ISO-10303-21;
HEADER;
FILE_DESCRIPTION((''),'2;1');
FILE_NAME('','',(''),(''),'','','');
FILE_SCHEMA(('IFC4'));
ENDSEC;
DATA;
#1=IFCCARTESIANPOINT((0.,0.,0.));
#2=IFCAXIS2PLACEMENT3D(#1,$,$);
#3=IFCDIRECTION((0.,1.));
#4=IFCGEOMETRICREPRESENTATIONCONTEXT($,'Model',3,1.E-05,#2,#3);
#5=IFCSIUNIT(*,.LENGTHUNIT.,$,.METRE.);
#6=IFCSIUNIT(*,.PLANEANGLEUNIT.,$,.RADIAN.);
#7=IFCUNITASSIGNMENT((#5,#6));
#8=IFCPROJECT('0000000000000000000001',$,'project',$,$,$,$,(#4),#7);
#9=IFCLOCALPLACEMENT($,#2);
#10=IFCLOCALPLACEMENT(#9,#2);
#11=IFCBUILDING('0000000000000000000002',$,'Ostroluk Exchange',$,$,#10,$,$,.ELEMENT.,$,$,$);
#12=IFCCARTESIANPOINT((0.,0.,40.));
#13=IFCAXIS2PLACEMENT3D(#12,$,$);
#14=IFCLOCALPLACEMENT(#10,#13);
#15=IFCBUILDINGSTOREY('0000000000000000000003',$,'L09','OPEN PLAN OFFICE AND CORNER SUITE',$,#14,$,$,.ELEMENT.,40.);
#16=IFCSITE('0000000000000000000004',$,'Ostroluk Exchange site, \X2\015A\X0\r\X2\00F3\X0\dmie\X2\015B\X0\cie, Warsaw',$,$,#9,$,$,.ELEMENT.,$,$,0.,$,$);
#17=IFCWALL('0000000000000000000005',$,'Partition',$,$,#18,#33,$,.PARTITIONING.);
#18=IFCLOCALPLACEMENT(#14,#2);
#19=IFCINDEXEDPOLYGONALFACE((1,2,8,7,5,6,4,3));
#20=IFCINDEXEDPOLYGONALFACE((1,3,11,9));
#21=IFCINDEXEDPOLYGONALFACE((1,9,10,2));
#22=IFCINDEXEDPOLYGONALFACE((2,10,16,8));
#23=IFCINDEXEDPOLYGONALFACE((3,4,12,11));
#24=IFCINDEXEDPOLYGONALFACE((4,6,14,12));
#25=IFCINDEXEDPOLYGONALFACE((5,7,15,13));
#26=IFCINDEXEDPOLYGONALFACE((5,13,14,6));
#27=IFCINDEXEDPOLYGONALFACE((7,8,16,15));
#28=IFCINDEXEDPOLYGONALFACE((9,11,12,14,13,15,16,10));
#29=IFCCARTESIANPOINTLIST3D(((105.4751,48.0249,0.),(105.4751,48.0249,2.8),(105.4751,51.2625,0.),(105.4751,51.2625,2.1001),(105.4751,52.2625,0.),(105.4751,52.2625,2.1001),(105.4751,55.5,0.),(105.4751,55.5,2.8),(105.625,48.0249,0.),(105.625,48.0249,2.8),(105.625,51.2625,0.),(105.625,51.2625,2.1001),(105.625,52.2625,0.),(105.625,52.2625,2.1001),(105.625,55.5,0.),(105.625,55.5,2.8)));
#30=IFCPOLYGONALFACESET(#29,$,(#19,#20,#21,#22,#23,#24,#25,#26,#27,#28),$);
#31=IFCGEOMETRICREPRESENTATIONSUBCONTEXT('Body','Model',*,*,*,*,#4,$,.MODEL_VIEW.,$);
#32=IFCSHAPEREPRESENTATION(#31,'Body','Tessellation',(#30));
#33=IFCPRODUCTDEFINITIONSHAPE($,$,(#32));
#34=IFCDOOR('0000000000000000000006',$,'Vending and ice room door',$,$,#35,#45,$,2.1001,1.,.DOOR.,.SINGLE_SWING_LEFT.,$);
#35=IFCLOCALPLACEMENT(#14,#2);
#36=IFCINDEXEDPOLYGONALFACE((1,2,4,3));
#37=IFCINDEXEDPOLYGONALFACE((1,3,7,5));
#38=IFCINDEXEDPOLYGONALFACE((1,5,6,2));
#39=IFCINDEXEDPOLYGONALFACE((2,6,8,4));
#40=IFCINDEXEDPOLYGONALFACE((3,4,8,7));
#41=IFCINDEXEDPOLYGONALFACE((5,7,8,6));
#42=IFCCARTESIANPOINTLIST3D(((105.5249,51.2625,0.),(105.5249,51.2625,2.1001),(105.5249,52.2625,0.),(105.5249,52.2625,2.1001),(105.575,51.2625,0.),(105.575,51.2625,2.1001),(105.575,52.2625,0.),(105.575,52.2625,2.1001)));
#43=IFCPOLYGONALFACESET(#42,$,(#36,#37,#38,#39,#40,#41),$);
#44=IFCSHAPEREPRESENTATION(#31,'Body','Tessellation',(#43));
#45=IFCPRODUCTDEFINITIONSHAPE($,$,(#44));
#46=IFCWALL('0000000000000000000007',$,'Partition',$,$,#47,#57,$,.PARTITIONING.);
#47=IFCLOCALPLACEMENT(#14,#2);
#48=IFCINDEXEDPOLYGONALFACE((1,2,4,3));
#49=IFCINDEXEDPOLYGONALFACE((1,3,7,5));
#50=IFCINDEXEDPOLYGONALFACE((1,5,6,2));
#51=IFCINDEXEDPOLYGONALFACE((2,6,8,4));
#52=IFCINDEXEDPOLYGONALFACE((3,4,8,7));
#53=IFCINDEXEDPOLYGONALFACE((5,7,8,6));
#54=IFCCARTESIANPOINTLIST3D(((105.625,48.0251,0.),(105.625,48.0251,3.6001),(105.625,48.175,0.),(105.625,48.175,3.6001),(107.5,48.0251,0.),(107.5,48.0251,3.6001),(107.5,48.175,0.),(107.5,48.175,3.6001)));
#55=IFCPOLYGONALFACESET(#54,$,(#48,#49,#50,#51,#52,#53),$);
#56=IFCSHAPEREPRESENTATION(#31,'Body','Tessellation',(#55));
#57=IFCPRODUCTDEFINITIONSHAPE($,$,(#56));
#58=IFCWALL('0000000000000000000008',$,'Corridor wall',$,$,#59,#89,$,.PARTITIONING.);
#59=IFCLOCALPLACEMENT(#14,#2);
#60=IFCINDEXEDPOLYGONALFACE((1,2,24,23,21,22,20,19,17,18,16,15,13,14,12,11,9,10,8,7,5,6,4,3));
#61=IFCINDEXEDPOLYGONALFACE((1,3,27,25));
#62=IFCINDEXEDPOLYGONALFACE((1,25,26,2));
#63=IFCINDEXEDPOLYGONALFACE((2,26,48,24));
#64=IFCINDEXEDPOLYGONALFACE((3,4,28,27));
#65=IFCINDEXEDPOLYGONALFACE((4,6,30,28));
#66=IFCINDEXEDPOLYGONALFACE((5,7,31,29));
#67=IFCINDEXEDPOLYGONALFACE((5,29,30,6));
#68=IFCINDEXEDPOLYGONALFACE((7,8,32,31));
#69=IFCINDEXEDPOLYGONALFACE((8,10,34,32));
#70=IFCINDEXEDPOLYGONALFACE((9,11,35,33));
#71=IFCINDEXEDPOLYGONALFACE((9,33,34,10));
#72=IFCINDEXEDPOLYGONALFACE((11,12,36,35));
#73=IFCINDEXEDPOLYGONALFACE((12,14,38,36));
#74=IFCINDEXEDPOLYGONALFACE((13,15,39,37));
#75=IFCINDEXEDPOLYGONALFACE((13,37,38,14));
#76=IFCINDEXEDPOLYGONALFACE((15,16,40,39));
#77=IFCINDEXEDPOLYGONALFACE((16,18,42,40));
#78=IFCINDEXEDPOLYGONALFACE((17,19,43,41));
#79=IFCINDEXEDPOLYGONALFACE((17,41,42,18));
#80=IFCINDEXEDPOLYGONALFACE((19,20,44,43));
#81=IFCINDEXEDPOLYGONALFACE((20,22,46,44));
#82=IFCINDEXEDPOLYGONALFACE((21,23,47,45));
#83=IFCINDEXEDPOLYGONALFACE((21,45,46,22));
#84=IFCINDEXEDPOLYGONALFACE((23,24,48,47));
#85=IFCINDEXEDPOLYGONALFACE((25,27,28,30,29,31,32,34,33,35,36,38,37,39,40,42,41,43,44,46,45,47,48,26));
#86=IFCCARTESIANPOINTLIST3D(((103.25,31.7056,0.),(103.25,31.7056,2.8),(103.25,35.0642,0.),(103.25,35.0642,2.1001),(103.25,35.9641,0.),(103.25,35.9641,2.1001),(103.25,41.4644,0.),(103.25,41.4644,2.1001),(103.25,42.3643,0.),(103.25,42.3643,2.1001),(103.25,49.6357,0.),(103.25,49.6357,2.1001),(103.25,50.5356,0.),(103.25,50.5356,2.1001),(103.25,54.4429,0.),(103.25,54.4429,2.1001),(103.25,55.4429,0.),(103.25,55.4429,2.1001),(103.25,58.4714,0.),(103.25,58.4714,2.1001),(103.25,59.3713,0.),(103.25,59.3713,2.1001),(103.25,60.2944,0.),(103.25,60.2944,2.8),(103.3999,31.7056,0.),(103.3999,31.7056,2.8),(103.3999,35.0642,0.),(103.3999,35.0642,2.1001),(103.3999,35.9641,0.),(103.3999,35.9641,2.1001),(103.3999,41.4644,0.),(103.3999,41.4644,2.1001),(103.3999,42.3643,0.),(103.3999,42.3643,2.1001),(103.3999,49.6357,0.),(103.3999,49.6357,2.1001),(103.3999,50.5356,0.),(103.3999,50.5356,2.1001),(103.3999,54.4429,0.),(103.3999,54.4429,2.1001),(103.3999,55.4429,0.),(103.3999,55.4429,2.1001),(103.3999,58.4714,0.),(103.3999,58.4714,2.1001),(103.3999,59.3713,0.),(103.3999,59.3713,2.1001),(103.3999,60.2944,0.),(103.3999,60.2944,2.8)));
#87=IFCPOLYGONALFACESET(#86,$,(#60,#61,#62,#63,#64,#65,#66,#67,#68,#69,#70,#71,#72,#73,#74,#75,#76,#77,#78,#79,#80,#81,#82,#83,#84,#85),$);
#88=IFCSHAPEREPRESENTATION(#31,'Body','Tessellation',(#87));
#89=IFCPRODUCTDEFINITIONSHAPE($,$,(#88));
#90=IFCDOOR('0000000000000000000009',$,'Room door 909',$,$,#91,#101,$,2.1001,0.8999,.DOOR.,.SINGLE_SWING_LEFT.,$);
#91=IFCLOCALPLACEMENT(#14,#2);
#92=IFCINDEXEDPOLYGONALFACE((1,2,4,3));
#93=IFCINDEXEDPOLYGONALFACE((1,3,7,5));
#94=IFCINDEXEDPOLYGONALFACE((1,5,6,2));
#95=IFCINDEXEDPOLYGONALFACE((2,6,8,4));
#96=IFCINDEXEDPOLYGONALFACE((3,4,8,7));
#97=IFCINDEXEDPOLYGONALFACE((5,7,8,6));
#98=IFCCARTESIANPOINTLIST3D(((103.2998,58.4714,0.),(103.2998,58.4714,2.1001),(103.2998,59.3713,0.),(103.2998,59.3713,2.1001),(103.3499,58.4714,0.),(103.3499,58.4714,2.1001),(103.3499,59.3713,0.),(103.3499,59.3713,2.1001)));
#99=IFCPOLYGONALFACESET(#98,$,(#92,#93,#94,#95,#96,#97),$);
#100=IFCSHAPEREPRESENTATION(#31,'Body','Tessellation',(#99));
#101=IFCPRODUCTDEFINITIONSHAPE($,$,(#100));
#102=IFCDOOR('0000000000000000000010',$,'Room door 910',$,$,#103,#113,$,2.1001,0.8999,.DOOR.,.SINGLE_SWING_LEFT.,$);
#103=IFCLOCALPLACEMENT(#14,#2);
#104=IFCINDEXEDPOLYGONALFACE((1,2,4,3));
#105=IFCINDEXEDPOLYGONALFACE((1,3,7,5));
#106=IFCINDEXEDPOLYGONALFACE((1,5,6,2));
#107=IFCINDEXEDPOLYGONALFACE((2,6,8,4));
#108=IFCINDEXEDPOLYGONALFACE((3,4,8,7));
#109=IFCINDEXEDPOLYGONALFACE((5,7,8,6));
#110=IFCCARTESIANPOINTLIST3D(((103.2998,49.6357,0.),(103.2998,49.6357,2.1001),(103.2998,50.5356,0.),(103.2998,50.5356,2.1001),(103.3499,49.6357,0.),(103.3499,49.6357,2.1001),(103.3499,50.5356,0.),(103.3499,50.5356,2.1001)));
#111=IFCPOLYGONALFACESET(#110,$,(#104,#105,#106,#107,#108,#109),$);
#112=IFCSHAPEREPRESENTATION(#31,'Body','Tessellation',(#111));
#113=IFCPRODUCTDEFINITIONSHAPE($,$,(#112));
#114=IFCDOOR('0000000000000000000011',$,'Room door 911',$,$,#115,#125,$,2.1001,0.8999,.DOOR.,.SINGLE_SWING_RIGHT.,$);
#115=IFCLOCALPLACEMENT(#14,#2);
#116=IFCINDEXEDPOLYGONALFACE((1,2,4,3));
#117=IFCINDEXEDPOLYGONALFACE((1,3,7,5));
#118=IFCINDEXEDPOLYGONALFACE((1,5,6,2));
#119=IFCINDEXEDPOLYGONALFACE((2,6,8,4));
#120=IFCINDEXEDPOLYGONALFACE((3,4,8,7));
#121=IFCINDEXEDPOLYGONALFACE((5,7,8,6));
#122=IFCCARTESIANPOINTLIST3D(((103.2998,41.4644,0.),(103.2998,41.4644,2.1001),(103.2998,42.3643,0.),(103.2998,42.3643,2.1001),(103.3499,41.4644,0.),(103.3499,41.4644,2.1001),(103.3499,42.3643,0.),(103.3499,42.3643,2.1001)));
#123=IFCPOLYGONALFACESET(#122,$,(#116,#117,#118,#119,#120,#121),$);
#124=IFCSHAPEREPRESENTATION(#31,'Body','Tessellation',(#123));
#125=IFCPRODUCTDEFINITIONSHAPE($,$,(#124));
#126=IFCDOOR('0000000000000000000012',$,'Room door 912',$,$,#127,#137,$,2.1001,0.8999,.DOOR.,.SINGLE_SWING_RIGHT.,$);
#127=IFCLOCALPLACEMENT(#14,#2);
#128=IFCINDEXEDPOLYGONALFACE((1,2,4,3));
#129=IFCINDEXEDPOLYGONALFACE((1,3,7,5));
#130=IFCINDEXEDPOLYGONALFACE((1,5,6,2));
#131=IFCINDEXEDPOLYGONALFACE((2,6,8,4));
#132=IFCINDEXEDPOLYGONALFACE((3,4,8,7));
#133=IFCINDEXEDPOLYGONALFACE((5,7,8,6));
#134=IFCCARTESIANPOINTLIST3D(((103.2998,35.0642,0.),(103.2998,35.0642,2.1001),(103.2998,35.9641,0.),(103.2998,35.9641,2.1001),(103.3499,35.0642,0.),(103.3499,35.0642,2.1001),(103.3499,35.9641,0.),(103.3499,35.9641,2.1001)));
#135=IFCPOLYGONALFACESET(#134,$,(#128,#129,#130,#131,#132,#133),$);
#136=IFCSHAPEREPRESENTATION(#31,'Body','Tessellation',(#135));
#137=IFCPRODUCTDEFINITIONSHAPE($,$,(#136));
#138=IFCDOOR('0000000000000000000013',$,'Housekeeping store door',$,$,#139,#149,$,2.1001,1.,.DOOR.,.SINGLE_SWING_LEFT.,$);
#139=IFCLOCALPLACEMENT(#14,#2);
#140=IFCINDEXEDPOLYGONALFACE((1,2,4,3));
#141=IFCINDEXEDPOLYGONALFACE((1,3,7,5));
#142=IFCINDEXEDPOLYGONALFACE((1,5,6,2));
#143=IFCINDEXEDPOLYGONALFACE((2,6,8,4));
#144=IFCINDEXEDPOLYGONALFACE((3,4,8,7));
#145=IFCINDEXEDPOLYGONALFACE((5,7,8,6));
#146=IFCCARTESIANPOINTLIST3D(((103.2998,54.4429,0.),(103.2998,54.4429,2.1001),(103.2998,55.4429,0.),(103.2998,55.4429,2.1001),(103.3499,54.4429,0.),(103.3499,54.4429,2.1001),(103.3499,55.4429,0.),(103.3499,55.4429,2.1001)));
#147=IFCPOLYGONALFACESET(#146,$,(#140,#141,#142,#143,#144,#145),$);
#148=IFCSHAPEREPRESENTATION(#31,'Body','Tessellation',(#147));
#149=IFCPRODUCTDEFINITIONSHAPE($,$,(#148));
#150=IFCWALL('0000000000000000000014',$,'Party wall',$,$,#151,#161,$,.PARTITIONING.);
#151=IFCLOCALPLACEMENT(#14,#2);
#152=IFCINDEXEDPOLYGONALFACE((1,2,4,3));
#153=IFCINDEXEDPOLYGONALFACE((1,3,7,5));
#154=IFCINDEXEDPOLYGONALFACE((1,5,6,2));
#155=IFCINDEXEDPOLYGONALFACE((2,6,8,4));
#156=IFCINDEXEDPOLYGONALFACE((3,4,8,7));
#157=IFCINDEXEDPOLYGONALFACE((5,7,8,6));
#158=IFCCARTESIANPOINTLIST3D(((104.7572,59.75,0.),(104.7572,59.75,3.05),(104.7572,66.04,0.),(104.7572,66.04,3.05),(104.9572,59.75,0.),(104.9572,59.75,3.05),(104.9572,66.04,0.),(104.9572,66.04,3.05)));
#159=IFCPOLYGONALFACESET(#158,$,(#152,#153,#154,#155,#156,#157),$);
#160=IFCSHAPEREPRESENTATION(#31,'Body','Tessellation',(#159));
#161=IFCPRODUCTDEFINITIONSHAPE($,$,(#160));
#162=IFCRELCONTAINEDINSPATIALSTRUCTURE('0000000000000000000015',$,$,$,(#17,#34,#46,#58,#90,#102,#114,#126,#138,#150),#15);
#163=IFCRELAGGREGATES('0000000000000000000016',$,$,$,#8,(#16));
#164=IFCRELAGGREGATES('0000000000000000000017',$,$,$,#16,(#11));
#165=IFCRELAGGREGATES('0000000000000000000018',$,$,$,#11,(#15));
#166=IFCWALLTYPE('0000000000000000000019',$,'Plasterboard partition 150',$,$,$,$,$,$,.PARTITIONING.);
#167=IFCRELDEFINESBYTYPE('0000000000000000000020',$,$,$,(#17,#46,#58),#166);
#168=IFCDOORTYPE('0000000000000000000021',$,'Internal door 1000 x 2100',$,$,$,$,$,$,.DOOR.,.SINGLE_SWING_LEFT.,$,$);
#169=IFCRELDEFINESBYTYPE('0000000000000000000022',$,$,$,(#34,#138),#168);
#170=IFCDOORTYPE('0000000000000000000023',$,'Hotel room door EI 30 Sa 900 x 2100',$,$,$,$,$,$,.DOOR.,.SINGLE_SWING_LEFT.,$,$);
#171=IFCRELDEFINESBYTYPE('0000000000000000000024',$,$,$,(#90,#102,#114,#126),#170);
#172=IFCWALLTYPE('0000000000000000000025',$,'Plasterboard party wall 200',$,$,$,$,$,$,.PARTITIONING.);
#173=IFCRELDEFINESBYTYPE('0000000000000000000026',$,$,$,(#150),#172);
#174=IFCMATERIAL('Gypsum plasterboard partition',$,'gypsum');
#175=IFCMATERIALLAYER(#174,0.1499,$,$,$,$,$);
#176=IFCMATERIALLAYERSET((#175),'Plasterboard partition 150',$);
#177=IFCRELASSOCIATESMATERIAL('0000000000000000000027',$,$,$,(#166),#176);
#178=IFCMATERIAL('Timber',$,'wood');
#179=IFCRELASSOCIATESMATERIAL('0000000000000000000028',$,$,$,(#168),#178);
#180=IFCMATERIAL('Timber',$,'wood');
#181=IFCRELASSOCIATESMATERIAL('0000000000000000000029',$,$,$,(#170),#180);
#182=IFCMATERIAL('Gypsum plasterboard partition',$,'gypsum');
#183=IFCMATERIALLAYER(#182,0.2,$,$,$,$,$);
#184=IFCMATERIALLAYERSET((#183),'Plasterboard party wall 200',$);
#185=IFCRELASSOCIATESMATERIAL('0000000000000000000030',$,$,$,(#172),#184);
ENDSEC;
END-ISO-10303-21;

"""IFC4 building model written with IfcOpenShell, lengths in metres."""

from ifc_helpers import new_model, si_unit, direction, frame, frame_2d, origin, place, context, subcontext, project, spatial, rectangle, extrude, material, layer, layer_set, type_object, element, fill, save


model = new_model("IFC4")

# Units and contexts
model_context = context("Model", 3, precision=1e-05, world=origin(), true_north=direction((0.0, 1.0)))
body_context = subcontext(model_context, "Body", "Model", "MODEL_VIEW")
ifc_project = project(units=[si_unit("LENGTHUNIT", "METRE"), si_unit("PLANEANGLEUNIT", "RADIAN")], contexts=[model_context])

# Site, building, storey
site_placement = place(None, origin())
site = spatial("IfcSite", under=ifc_project, at=site_placement, Name="Ostroluk Exchange site, Śródmieście, Warsaw", CompositionType="ELEMENT", RefElevation=0.0)
building_placement = place(site_placement, origin())
building = spatial("IfcBuilding", under=site, at=building_placement, Name="Ostroluk Exchange", CompositionType="ELEMENT")
storey_placement = place(building_placement, frame((0.0, 0.0, 40.0)))
storey = spatial("IfcBuildingStorey", under=building, at=storey_placement, Name="L09", Description="OPEN PLAN OFFICE AND CORNER SUITE", CompositionType="ELEMENT", Elevation=40.0)

# Wall, opening, door
ifc_material_1 = material(Name="Gypsum plasterboard partition", Category="gypsum")
ifc_layer_1 = layer(ifc_material_1, 0.1499)
ifc_layer_set_1 = layer_set([ifc_layer_1], Name="Plasterboard partition 150")
wall_type_1 = type_object("IfcWallType", Name="Plasterboard partition 150", PredefinedType="PARTITIONING", material=ifc_layer_set_1)
wall_1_placement = place(storey_placement, frame((105.55, 55.5, 0.0), z_axis=(0.0, 0.0, 1.0), x_axis=(0.0, -1.0, 0.0)))
wall_1 = element("IfcWall", 1, at=wall_1_placement, inside=storey, type_object=wall_type_1, Name="Partition", PredefinedType="PARTITIONING", context=body_context, shape_type="SweptSolid", body=[
    extrude(rectangle(XDim=7.4751, YDim=0.1499, at=frame_2d((3.7375, 0.0))), origin(), (0.0, 0.0, 1.0), 2.8),
])
opening_1_placement = place(wall_1_placement, frame((3.2375, 0.0, 0.0)))
opening_1 = element("IfcOpeningElement", 2, at=opening_1_placement, cuts=wall_1, PredefinedType="OPENING", context=body_context, shape_type="SweptSolid", body=[
    extrude(rectangle(XDim=1.0, YDim=2.1001, at=frame_2d((0.5, 1.05))), frame((0.0, 0.085, 0.0), z_axis=(0.0, -1.0, 0.0), x_axis=(1.0, 0.0, 0.0)), (0.0, 0.0, 1.0), 0.1699),
])
ifc_material_2 = material(Name="Timber", Category="wood")
door_type_1 = type_object("IfcDoorType", Name="Internal door 1000 x 2100", OperationType="SINGLE_SWING_LEFT", PredefinedType="DOOR", material=ifc_material_2)
door_1_placement = place(opening_1_placement, origin())
door_1 = element("IfcDoor", 3, at=door_1_placement, inside=storey, type_object=door_type_1, Name="Vending and ice room door", OperationType="SINGLE_SWING_LEFT", OverallHeight=2.1001, OverallWidth=1.0, PredefinedType="DOOR", context=body_context, shape_type="SweptSolid", body=[
    extrude(rectangle(XDim=1.0, YDim=2.1001, at=frame_2d((0.5, 1.05))), frame((0.0, 0.0249, 0.0), z_axis=(0.0, -1.0, 0.0), x_axis=(1.0, 0.0, 0.0)), (0.0, 0.0, 1.0), 0.05),
])
fill(opening_1, door_1)

# Wall
wall_2_placement = place(storey_placement, frame((107.5, 48.1001, 0.0), z_axis=(0.0, 0.0, 1.0), x_axis=(-1.0, 0.0, 0.0)))
element("IfcWall", 4, at=wall_2_placement, inside=storey, type_object=wall_type_1, Name="Partition", PredefinedType="PARTITIONING", context=body_context, shape_type="SweptSolid", body=[
    extrude(rectangle(XDim=1.875, YDim=0.1499, at=frame_2d((0.9375, 0.0))), origin(), (0.0, 0.0, 1.0), 3.6001),
])

# Wall, openings, doors
wall_3_placement = place(storey_placement, frame((103.325, 60.2944, 0.0), z_axis=(0.0, 0.0, 1.0), x_axis=(0.0, -1.0, 0.0)))
wall_3 = element("IfcWall", 5, at=wall_3_placement, inside=storey, type_object=wall_type_1, Name="Corridor wall", PredefinedType="PARTITIONING", context=body_context, shape_type="SweptSolid", body=[
    extrude(rectangle(XDim=28.5889, YDim=0.1499, at=frame_2d((14.2944, 0.0))), origin(), (0.0, 0.0, 1.0), 2.8),
])
opening_2_placement = place(wall_3_placement, frame((0.9231, 0.0, 0.0)))
opening_2 = element("IfcOpeningElement", 6, at=opening_2_placement, cuts=wall_3, PredefinedType="OPENING", context=body_context, shape_type="SweptSolid", body=[
    extrude(rectangle(XDim=0.8999, YDim=2.1001, at=frame_2d((0.45, 1.05))), frame((0.0, 0.085, 0.0), z_axis=(0.0, -1.0, 0.0), x_axis=(1.0, 0.0, 0.0)), (0.0, 0.0, 1.0), 0.1699),
])
opening_3_placement = place(wall_3_placement, frame((4.8516, 0.0, 0.0)))
opening_3 = element("IfcOpeningElement", 7, at=opening_3_placement, cuts=wall_3, PredefinedType="OPENING", context=body_context, shape_type="SweptSolid", body=[
    extrude(rectangle(XDim=1.0, YDim=2.1001, at=frame_2d((0.5, 1.05))), frame((0.0, 0.085, 0.0), z_axis=(0.0, -1.0, 0.0), x_axis=(1.0, 0.0, 0.0)), (0.0, 0.0, 1.0), 0.1699),
])
opening_4_placement = place(wall_3_placement, frame((9.7588, 0.0, 0.0)))
opening_4 = element("IfcOpeningElement", 8, at=opening_4_placement, cuts=wall_3, PredefinedType="OPENING", context=body_context, shape_type="SweptSolid", body=[
    extrude(rectangle(XDim=0.8999, YDim=2.1001, at=frame_2d((0.45, 1.05))), frame((0.0, 0.085, 0.0), z_axis=(0.0, -1.0, 0.0), x_axis=(1.0, 0.0, 0.0)), (0.0, 0.0, 1.0), 0.1699),
])
opening_5_placement = place(wall_3_placement, frame((17.9302, 0.0, 0.0)))
opening_5 = element("IfcOpeningElement", 9, at=opening_5_placement, cuts=wall_3, PredefinedType="OPENING", context=body_context, shape_type="SweptSolid", body=[
    extrude(rectangle(XDim=0.8999, YDim=2.1001, at=frame_2d((0.45, 1.05))), frame((0.0, 0.085, 0.0), z_axis=(0.0, -1.0, 0.0), x_axis=(1.0, 0.0, 0.0)), (0.0, 0.0, 1.0), 0.1699),
])
opening_6_placement = place(wall_3_placement, frame((24.3303, 0.0, 0.0)))
opening_6 = element("IfcOpeningElement", 10, at=opening_6_placement, cuts=wall_3, PredefinedType="OPENING", context=body_context, shape_type="SweptSolid", body=[
    extrude(rectangle(XDim=0.8999, YDim=2.1001, at=frame_2d((0.45, 1.05))), frame((0.0, 0.085, 0.0), z_axis=(0.0, -1.0, 0.0), x_axis=(1.0, 0.0, 0.0)), (0.0, 0.0, 1.0), 0.1699),
])
ifc_material_3 = material(Name="Timber", Category="wood")
door_type_2 = type_object("IfcDoorType", Name="Hotel room door EI 30 Sa 900 x 2100", OperationType="SINGLE_SWING_LEFT", PredefinedType="DOOR", material=ifc_material_3)
door_2_placement = place(opening_2_placement, origin())
door_2 = element("IfcDoor", 11, at=door_2_placement, inside=storey, type_object=door_type_2, Name="Room door 909", OperationType="SINGLE_SWING_LEFT", OverallHeight=2.1001, OverallWidth=0.8999, PredefinedType="DOOR", context=body_context, shape_type="SweptSolid", body=[
    extrude(rectangle(XDim=0.8999, YDim=2.1001, at=frame_2d((0.45, 1.05))), frame((0.0, 0.0249, 0.0), z_axis=(0.0, -1.0, 0.0), x_axis=(1.0, 0.0, 0.0)), (0.0, 0.0, 1.0), 0.05),
])
fill(opening_2, door_2)
door_3_placement = place(opening_4_placement, origin())
door_3 = element("IfcDoor", 12, at=door_3_placement, inside=storey, type_object=door_type_2, Name="Room door 910", OperationType="SINGLE_SWING_LEFT", OverallHeight=2.1001, OverallWidth=0.8999, PredefinedType="DOOR", context=body_context, shape_type="SweptSolid", body=[
    extrude(rectangle(XDim=0.8999, YDim=2.1001, at=frame_2d((0.45, 1.05))), frame((0.0, 0.0249, 0.0), z_axis=(0.0, -1.0, 0.0), x_axis=(1.0, 0.0, 0.0)), (0.0, 0.0, 1.0), 0.05),
])
fill(opening_4, door_3)
door_4_placement = place(opening_5_placement, origin())
door_4 = element("IfcDoor", 13, at=door_4_placement, inside=storey, type_object=door_type_2, Name="Room door 911", OperationType="SINGLE_SWING_RIGHT", OverallHeight=2.1001, OverallWidth=0.8999, PredefinedType="DOOR", context=body_context, shape_type="SweptSolid", body=[
    extrude(rectangle(XDim=0.8999, YDim=2.1001, at=frame_2d((0.45, 1.05))), frame((0.0, 0.0249, 0.0), z_axis=(0.0, -1.0, 0.0), x_axis=(1.0, 0.0, 0.0)), (0.0, 0.0, 1.0), 0.05),
])
fill(opening_5, door_4)
door_5_placement = place(opening_6_placement, origin())
door_5 = element("IfcDoor", 14, at=door_5_placement, inside=storey, type_object=door_type_2, Name="Room door 912", OperationType="SINGLE_SWING_RIGHT", OverallHeight=2.1001, OverallWidth=0.8999, PredefinedType="DOOR", context=body_context, shape_type="SweptSolid", body=[
    extrude(rectangle(XDim=0.8999, YDim=2.1001, at=frame_2d((0.45, 1.05))), frame((0.0, 0.0249, 0.0), z_axis=(0.0, -1.0, 0.0), x_axis=(1.0, 0.0, 0.0)), (0.0, 0.0, 1.0), 0.05),
])
fill(opening_6, door_5)
door_6_placement = place(opening_3_placement, origin())
door_6 = element("IfcDoor", 15, at=door_6_placement, inside=storey, type_object=door_type_1, Name="Housekeeping store door", OperationType="SINGLE_SWING_LEFT", OverallHeight=2.1001, OverallWidth=1.0, PredefinedType="DOOR", context=body_context, shape_type="SweptSolid", body=[
    extrude(rectangle(XDim=1.0, YDim=2.1001, at=frame_2d((0.5, 1.05))), frame((0.0, 0.0249, 0.0), z_axis=(0.0, -1.0, 0.0), x_axis=(1.0, 0.0, 0.0)), (0.0, 0.0, 1.0), 0.05),
])
fill(opening_3, door_6)

# Wall
ifc_material_4 = material(Name="Gypsum plasterboard partition", Category="gypsum")
ifc_layer_2 = layer(ifc_material_4, 0.2)
ifc_layer_set_2 = layer_set([ifc_layer_2], Name="Plasterboard party wall 200")
wall_type_2 = type_object("IfcWallType", Name="Plasterboard party wall 200", PredefinedType="PARTITIONING", material=ifc_layer_set_2)
for number, where, z_axis, x_axis, name in (
    (16, (104.8572, 59.75, 0.0), (0.0, 0.0, 1.0), (0.0, 1.0, 0.0), "Party wall"),
):
    element("IfcWall", number, at=place(storey_placement, frame(where, z_axis=z_axis, x_axis=x_axis)), inside=storey, type_object=wall_type_2, Name=name, PredefinedType="PARTITIONING", context=body_context, shape_type="SweptSolid", body=[
        extrude(rectangle(XDim=6.29, YDim=0.2, at=frame_2d((3.145, 0.0))), origin(), (0.0, 0.0, 1.0), 3.05),
    ])

save(model, "model.ifc")
